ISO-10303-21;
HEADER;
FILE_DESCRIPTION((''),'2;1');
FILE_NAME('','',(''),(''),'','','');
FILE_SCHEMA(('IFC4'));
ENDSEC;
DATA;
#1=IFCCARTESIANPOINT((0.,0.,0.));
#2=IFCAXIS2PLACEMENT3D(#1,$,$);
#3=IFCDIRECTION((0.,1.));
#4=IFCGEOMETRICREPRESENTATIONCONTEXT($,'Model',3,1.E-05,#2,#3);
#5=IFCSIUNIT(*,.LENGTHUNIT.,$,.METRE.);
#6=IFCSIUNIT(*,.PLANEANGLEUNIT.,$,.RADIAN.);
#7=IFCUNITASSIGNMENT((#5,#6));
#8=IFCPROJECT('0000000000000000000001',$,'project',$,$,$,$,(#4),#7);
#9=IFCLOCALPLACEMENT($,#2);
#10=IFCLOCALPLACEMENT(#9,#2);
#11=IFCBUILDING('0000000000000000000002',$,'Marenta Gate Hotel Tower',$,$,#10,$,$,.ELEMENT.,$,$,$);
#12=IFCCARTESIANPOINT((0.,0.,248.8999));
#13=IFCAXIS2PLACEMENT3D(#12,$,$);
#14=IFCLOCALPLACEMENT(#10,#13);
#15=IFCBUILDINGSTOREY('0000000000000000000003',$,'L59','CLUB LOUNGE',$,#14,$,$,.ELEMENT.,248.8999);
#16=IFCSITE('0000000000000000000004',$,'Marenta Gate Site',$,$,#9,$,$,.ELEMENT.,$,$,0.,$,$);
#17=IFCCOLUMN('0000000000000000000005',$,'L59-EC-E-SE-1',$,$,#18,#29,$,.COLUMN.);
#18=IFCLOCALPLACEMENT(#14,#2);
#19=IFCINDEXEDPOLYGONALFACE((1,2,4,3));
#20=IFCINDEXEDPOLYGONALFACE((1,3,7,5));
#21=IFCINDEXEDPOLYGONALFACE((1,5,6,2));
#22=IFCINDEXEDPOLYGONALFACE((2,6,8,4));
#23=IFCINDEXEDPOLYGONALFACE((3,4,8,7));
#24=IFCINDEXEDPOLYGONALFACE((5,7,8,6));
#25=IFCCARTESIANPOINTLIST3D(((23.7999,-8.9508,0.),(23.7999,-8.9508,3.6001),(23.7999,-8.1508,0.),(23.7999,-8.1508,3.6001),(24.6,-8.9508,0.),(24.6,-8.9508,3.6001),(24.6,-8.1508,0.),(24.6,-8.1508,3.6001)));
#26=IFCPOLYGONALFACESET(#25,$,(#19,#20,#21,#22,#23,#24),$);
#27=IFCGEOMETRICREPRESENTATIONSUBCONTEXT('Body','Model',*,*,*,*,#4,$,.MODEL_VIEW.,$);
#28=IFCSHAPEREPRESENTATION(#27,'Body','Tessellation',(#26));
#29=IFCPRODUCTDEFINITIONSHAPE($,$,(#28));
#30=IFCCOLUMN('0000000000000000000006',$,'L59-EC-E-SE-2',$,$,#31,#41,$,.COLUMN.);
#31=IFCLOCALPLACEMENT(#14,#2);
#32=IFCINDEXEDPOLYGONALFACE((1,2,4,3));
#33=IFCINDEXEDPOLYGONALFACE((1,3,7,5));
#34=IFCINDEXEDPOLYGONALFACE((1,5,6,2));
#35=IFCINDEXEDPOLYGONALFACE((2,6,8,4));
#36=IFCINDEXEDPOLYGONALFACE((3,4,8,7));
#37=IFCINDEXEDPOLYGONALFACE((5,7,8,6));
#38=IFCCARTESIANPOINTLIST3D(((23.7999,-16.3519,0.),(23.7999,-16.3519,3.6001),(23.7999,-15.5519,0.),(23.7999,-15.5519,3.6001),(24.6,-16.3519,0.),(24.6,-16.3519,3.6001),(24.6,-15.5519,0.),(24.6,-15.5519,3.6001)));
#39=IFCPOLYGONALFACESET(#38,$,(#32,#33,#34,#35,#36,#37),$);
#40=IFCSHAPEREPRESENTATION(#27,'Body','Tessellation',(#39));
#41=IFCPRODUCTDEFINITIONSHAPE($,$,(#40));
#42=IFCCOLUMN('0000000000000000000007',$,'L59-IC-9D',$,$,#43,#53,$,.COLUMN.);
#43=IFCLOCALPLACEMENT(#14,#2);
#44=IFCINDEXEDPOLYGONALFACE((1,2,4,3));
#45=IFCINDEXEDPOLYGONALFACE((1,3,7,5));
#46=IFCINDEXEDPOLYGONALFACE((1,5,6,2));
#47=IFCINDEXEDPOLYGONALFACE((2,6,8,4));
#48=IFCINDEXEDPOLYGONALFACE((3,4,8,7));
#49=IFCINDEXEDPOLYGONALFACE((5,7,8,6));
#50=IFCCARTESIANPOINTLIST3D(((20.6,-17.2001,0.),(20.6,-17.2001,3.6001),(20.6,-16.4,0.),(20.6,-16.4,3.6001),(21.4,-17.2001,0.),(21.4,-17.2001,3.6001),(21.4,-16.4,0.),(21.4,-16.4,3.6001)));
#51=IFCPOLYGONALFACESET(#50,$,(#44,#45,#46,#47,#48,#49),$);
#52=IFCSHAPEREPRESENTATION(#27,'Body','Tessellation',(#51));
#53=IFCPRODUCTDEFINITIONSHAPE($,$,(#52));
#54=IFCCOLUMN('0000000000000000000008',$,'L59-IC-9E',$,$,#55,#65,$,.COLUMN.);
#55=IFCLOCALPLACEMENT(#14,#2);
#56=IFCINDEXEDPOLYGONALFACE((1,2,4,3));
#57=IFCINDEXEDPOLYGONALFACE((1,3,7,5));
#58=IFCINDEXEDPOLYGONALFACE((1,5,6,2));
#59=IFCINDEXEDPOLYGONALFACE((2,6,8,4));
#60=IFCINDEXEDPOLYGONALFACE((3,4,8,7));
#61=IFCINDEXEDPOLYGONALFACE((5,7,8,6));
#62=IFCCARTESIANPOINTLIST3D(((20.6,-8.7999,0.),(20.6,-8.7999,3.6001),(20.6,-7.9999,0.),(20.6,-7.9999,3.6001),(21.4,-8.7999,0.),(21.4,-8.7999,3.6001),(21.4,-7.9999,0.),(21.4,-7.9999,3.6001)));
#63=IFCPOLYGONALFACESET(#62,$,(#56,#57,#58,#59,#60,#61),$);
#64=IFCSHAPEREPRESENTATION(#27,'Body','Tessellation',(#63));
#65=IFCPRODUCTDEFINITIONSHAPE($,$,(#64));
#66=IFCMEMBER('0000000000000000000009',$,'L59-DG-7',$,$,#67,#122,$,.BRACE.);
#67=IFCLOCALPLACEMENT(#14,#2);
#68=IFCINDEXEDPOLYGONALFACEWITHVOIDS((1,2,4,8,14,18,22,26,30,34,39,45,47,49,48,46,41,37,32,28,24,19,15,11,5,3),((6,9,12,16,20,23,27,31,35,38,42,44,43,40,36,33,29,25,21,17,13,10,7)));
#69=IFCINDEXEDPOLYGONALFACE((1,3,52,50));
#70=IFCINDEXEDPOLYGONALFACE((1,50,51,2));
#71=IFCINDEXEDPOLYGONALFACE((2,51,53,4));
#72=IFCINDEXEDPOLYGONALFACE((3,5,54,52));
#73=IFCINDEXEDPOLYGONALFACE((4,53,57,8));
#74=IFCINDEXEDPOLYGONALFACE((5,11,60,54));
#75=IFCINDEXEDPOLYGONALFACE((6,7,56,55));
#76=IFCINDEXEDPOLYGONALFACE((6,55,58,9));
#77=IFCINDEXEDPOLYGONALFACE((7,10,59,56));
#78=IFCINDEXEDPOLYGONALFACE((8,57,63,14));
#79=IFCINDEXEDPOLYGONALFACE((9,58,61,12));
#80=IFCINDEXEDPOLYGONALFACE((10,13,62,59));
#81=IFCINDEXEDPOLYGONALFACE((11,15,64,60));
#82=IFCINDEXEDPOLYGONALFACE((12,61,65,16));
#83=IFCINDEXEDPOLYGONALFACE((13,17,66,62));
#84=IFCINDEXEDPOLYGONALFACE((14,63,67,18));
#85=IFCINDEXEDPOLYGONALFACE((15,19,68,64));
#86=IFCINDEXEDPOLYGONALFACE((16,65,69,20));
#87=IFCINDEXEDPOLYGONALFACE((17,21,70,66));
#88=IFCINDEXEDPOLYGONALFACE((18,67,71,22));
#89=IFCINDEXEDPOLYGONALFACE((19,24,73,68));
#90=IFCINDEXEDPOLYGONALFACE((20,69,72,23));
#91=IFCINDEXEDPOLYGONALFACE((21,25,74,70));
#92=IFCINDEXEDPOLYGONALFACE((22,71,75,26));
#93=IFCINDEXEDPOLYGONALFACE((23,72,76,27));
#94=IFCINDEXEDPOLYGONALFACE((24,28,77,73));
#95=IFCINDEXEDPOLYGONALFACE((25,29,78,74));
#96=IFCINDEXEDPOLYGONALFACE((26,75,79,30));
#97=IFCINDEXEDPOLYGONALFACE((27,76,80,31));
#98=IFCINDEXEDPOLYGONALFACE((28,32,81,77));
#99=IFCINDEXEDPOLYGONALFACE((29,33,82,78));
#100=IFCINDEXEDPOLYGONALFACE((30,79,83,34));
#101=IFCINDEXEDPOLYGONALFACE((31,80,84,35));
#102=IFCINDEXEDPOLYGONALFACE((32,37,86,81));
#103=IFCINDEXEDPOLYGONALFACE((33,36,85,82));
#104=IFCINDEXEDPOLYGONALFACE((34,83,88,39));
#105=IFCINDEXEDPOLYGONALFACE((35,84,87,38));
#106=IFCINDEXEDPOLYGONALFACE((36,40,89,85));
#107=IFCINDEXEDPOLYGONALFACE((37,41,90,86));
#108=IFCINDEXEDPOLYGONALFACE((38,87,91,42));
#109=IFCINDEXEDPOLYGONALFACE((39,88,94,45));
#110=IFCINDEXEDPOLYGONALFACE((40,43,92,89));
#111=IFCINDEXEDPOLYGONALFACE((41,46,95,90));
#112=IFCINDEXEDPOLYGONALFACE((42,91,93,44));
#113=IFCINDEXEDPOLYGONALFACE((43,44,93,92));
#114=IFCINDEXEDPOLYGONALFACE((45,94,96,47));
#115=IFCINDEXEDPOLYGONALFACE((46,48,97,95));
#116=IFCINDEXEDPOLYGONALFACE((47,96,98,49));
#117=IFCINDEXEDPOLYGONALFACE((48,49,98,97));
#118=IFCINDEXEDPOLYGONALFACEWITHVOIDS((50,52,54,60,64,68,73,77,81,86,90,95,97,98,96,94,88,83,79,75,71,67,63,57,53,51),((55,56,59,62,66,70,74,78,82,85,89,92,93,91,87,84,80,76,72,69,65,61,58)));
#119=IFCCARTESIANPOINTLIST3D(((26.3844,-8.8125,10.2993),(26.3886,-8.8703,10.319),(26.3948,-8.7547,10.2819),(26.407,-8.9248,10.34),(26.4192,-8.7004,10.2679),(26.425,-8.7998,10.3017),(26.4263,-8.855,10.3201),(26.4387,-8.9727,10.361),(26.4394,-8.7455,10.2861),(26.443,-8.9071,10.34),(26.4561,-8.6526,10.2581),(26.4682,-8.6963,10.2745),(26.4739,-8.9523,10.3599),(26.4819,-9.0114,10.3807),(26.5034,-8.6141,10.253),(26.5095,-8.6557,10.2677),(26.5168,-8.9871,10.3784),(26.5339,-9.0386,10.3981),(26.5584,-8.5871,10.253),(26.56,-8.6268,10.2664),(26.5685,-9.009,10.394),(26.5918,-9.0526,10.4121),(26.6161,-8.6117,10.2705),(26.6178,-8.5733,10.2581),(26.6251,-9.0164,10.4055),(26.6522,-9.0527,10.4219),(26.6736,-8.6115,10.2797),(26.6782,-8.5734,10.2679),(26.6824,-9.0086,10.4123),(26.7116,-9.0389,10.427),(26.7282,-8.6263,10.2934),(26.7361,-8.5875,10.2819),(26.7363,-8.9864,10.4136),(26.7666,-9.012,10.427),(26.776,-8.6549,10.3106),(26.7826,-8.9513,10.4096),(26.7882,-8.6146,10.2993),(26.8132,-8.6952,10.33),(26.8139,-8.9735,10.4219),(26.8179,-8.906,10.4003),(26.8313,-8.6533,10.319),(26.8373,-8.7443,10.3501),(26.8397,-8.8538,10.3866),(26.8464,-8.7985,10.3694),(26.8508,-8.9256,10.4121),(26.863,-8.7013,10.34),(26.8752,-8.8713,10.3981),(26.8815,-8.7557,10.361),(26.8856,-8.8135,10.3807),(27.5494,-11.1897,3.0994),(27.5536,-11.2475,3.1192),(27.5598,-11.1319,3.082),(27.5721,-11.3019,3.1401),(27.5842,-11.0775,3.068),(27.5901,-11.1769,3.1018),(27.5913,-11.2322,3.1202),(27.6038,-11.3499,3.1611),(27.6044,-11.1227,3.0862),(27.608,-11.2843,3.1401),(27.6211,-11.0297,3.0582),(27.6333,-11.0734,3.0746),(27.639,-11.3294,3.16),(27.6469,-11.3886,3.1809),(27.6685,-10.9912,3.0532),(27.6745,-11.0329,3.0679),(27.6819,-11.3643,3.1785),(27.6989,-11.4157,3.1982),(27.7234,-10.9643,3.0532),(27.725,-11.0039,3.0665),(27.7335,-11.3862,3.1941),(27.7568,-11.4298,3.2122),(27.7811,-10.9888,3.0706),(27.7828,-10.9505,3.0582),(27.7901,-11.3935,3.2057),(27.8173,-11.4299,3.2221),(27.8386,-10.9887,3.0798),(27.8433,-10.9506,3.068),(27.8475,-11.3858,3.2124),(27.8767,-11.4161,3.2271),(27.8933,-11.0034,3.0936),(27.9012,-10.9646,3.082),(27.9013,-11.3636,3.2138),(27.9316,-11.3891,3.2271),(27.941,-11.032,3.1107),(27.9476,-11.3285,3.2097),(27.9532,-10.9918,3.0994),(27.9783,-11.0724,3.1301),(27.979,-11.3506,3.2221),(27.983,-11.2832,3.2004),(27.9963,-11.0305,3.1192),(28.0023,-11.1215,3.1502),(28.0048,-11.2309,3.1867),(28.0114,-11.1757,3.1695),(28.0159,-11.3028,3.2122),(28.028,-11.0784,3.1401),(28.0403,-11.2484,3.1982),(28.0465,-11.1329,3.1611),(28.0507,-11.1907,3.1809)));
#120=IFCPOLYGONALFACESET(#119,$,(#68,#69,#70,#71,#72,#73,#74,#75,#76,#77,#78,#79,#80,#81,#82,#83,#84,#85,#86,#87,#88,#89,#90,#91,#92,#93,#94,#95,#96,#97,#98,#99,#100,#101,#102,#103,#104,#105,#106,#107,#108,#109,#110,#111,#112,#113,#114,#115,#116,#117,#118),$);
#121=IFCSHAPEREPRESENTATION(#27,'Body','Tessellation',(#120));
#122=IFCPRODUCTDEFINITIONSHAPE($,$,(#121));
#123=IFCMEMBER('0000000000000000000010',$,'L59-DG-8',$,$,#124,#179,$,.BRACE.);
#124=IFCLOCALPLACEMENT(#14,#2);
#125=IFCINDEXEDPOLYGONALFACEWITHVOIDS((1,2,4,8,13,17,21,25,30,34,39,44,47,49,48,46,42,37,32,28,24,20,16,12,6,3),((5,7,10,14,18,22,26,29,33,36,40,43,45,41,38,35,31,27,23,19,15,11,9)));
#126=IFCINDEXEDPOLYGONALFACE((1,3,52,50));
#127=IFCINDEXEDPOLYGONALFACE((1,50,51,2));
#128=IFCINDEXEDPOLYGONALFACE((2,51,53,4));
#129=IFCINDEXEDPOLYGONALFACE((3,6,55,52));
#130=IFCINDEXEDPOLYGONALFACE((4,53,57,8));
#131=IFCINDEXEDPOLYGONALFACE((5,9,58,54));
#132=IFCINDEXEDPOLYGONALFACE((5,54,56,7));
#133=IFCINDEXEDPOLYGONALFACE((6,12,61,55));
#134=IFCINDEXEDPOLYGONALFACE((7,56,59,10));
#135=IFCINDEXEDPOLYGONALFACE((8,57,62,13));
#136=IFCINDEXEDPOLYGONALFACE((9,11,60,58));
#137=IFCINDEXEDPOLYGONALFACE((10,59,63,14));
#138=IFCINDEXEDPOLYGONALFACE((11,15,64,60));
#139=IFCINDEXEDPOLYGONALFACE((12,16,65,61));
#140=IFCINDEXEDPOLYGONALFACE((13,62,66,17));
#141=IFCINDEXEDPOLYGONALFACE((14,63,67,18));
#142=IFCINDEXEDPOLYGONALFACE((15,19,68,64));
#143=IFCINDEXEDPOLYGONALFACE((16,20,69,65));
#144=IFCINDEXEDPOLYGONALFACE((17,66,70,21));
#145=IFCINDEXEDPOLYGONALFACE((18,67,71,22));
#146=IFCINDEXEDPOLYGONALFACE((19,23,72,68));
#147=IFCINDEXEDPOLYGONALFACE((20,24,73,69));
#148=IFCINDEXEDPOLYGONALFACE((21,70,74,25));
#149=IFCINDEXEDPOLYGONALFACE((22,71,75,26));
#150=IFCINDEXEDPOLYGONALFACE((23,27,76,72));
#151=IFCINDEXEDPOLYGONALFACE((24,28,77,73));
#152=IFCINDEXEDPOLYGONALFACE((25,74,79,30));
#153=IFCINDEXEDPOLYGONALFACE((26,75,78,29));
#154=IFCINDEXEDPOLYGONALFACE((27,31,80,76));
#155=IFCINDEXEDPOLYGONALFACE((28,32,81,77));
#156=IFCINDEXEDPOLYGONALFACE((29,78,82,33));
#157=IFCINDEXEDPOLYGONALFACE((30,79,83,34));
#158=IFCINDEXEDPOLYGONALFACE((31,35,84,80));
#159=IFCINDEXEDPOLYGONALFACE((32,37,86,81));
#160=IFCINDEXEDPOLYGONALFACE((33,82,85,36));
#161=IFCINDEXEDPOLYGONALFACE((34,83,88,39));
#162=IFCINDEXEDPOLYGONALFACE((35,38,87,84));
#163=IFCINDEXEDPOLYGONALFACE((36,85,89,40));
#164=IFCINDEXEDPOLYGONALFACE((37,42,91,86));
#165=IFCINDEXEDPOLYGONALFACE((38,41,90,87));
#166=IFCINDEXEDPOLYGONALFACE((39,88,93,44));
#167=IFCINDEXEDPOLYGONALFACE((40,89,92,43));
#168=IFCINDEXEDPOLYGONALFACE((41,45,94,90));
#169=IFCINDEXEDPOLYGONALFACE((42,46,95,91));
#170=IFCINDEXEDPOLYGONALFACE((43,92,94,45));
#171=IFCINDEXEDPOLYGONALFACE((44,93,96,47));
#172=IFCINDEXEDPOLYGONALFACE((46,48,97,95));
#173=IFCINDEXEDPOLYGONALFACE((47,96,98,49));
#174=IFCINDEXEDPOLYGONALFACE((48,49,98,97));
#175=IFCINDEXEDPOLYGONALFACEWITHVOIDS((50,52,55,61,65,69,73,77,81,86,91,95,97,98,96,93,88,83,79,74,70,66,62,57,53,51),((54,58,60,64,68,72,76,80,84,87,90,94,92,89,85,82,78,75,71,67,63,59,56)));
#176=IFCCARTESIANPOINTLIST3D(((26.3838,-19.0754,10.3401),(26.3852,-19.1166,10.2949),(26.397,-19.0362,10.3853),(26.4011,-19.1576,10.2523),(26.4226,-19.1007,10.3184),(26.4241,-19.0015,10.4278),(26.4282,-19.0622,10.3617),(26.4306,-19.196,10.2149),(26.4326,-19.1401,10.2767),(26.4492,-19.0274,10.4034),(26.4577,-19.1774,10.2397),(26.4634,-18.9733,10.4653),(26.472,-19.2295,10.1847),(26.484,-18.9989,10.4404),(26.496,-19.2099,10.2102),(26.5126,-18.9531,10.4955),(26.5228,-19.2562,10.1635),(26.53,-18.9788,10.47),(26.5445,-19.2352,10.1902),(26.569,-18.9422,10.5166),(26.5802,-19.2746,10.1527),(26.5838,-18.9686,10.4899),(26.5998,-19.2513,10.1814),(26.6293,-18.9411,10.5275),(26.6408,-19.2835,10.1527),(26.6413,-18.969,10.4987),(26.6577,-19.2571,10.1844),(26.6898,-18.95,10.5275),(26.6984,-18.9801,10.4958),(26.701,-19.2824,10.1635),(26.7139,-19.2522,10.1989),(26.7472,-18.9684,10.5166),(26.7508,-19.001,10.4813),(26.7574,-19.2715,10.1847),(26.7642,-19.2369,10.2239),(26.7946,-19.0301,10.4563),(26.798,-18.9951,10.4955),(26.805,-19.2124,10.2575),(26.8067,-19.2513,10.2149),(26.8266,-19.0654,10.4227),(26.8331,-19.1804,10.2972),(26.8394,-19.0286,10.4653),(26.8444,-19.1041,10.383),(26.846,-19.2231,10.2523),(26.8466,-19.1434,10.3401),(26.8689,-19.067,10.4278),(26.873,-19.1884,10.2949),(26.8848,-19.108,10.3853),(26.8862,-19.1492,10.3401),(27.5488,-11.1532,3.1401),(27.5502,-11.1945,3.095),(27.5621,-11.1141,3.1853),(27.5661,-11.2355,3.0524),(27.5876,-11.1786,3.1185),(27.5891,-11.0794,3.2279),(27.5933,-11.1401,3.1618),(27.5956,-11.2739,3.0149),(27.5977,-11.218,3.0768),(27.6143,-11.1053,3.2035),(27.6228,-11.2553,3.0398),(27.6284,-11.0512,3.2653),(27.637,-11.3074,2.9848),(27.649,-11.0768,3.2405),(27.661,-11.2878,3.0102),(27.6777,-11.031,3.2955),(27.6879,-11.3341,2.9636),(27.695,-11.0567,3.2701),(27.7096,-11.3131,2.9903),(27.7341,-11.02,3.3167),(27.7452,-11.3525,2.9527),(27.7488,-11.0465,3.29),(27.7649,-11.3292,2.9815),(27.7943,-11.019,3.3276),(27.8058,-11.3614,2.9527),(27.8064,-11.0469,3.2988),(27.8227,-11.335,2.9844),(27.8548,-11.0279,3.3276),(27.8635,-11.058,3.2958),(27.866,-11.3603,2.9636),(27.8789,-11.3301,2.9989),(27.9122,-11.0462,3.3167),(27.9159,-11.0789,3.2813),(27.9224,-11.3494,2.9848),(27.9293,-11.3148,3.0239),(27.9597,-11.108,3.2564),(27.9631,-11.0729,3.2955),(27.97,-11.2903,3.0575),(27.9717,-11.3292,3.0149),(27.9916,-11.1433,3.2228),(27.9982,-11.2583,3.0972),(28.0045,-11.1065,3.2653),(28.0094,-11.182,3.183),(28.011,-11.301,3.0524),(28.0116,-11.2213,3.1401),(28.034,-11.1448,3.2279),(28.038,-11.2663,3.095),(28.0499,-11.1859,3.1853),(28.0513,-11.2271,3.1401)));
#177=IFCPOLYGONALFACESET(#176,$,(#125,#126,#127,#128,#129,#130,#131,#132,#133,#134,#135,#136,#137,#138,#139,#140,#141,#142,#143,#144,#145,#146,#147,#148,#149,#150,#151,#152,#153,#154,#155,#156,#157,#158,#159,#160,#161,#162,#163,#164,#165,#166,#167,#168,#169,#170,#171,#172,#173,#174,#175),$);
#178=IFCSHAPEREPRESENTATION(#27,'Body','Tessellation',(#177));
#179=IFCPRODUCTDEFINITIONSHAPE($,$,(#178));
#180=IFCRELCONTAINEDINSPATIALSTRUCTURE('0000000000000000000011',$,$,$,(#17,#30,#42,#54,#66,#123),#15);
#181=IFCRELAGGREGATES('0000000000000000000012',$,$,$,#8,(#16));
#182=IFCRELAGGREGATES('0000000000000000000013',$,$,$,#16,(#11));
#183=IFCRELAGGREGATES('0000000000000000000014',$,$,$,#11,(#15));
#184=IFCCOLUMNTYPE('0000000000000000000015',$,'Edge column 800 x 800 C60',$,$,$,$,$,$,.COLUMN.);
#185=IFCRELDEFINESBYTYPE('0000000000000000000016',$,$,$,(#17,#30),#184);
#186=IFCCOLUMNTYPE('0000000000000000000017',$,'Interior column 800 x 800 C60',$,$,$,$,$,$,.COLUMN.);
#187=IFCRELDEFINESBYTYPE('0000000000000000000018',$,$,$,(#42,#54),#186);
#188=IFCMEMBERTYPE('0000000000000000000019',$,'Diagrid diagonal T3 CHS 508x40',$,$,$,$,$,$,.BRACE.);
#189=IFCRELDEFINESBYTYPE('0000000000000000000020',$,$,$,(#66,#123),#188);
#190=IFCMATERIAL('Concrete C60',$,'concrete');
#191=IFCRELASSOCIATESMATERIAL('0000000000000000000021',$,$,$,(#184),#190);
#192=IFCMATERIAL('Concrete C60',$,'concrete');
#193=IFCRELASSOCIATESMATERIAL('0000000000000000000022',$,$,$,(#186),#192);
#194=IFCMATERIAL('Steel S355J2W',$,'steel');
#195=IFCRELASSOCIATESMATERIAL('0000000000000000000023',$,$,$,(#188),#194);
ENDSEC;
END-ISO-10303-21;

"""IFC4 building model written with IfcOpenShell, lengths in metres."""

from ifc_helpers import new_model, si_unit, direction, frame, origin, origin_2d, place, context, subcontext, project, spatial, rectangle, hollow_circle, extrude, material, material_profile, profile_set, type_object, element, save


model = new_model("IFC4")

# Units and contexts
model_context = context("Model", 3, precision=1e-05, world=origin(), true_north=direction((0.0, 1.0)))
body_context = subcontext(model_context, "Body", "Model", "MODEL_VIEW")
ifc_project = project(units=[si_unit("LENGTHUNIT", "METRE"), si_unit("PLANEANGLEUNIT", "RADIAN")], contexts=[model_context])

# Site, building, storey
site_placement = place(None, origin())
site = spatial("IfcSite", under=ifc_project, at=site_placement, Name="Marenta Gate Site", CompositionType="ELEMENT", RefElevation=0.0)
building_placement = place(site_placement, origin())
building = spatial("IfcBuilding", under=site, at=building_placement, Name="Marenta Gate Hotel Tower", CompositionType="ELEMENT")
storey_placement = place(building_placement, frame((0.0, 0.0, 248.8999)))
storey = spatial("IfcBuildingStorey", under=building, at=storey_placement, Name="L59", Description="CLUB LOUNGE", CompositionType="ELEMENT", Elevation=248.8999)

# Columns
ifc_material_1 = material(Name="Concrete C60", Category="concrete")
ifc_material_profile_1 = material_profile(ifc_material_1, rectangle(XDim=0.8, YDim=0.8, at=origin_2d()), Name="800 x 800")
ifc_profile_set_1 = profile_set([ifc_material_profile_1], Name="Concrete C60")
column_type_1 = type_object("IfcColumnType", Name="Edge column 800 x 800 C60", PredefinedType="COLUMN", material=ifc_profile_set_1)
for number, where, z_axis, x_axis, name in (
    (1, (24.2, -8.5508, 0.0), (0.0, 0.0, 1.0), (1.0, 0.0, 0.0), "L59-EC-E-SE-1"),
    (2, (24.2, -15.9519, 0.0), (0.0, 0.0, 1.0), (1.0, 0.0, 0.0), "L59-EC-E-SE-2"),
):
    element("IfcColumn", number, at=place(storey_placement, frame(where, z_axis=z_axis, x_axis=x_axis)), inside=storey, type_object=column_type_1, Name=name, PredefinedType="COLUMN", context=body_context, shape_type="SweptSolid", body=[
        extrude(rectangle(XDim=0.8, YDim=0.8, at=origin_2d()), origin(), (0.0, 0.0, 1.0), 3.6001),
    ])
ifc_material_2 = material(Name="Concrete C60", Category="concrete")
ifc_material_profile_2 = material_profile(ifc_material_2, rectangle(XDim=0.8, YDim=0.8, at=origin_2d()), Name="800 x 800")
ifc_profile_set_2 = profile_set([ifc_material_profile_2], Name="Concrete C60")
column_type_2 = type_object("IfcColumnType", Name="Interior column 800 x 800 C60", PredefinedType="COLUMN", material=ifc_profile_set_2)
for number, where, z_axis, x_axis, name in (
    (3, (21.0, -16.8, 0.0), (0.0, 0.0, 1.0), (1.0, 0.0, 0.0), "L59-IC-9D"),
    (4, (21.0, -8.3999, 0.0), (0.0, 0.0, 1.0), (1.0, 0.0, 0.0), "L59-IC-9E"),
):
    element("IfcColumn", number, at=place(storey_placement, frame(where, z_axis=z_axis, x_axis=x_axis)), inside=storey, type_object=column_type_2, Name=name, PredefinedType="COLUMN", context=body_context, shape_type="SweptSolid", body=[
        extrude(rectangle(XDim=0.8, YDim=0.8, at=origin_2d()), origin(), (0.0, 0.0, 1.0), 3.6001),
    ])

# Members
ifc_material_3 = material(Name="Steel S355J2W", Category="steel")
ifc_material_profile_3 = material_profile(ifc_material_3, hollow_circle(Radius=0.2539, WallThickness=0.04, at=origin_2d()), Name="CHS 508x40")
ifc_profile_set_3 = profile_set([ifc_material_profile_3], Name="Steel S355J2W")
member_type_1 = type_object("IfcMemberType", Name="Diagrid diagonal T3 CHS 508x40", PredefinedType="BRACE", material=ifc_profile_set_3)
member_1_placement = place(storey_placement, frame((27.8, -11.1902, 3.1401), z_axis=(-0.151871, 0.309885, 0.938566), x_axis=(-0.897959, -0.44008, 0.0)))
element("IfcMember", 5, at=member_1_placement, inside=storey, type_object=member_type_1, Name="L59-DG-7", PredefinedType="BRACE", context=body_context, shape_type="SweptSolid", body=[
    extrude(hollow_circle(Radius=0.2539, WallThickness=0.04, at=origin_2d()), origin(), (0.0, 0.0, 1.0), 7.6711),
])
member_2_placement = place(storey_placement, frame((27.8, -11.1902, 3.1401), z_axis=(-0.108191, -0.735688, 0.668624), x_axis=(0.989359, -0.145497, 0.0)))
element("IfcMember", 6, at=member_2_placement, inside=storey, type_object=member_type_1, Name="L59-DG-8", PredefinedType="BRACE", context=body_context, shape_type="SweptSolid", body=[
    extrude(hollow_circle(Radius=0.2539, WallThickness=0.04, at=origin_2d()), origin(), (0.0, 0.0, 1.0), 10.7683),
])

save(model, "model.ifc")
